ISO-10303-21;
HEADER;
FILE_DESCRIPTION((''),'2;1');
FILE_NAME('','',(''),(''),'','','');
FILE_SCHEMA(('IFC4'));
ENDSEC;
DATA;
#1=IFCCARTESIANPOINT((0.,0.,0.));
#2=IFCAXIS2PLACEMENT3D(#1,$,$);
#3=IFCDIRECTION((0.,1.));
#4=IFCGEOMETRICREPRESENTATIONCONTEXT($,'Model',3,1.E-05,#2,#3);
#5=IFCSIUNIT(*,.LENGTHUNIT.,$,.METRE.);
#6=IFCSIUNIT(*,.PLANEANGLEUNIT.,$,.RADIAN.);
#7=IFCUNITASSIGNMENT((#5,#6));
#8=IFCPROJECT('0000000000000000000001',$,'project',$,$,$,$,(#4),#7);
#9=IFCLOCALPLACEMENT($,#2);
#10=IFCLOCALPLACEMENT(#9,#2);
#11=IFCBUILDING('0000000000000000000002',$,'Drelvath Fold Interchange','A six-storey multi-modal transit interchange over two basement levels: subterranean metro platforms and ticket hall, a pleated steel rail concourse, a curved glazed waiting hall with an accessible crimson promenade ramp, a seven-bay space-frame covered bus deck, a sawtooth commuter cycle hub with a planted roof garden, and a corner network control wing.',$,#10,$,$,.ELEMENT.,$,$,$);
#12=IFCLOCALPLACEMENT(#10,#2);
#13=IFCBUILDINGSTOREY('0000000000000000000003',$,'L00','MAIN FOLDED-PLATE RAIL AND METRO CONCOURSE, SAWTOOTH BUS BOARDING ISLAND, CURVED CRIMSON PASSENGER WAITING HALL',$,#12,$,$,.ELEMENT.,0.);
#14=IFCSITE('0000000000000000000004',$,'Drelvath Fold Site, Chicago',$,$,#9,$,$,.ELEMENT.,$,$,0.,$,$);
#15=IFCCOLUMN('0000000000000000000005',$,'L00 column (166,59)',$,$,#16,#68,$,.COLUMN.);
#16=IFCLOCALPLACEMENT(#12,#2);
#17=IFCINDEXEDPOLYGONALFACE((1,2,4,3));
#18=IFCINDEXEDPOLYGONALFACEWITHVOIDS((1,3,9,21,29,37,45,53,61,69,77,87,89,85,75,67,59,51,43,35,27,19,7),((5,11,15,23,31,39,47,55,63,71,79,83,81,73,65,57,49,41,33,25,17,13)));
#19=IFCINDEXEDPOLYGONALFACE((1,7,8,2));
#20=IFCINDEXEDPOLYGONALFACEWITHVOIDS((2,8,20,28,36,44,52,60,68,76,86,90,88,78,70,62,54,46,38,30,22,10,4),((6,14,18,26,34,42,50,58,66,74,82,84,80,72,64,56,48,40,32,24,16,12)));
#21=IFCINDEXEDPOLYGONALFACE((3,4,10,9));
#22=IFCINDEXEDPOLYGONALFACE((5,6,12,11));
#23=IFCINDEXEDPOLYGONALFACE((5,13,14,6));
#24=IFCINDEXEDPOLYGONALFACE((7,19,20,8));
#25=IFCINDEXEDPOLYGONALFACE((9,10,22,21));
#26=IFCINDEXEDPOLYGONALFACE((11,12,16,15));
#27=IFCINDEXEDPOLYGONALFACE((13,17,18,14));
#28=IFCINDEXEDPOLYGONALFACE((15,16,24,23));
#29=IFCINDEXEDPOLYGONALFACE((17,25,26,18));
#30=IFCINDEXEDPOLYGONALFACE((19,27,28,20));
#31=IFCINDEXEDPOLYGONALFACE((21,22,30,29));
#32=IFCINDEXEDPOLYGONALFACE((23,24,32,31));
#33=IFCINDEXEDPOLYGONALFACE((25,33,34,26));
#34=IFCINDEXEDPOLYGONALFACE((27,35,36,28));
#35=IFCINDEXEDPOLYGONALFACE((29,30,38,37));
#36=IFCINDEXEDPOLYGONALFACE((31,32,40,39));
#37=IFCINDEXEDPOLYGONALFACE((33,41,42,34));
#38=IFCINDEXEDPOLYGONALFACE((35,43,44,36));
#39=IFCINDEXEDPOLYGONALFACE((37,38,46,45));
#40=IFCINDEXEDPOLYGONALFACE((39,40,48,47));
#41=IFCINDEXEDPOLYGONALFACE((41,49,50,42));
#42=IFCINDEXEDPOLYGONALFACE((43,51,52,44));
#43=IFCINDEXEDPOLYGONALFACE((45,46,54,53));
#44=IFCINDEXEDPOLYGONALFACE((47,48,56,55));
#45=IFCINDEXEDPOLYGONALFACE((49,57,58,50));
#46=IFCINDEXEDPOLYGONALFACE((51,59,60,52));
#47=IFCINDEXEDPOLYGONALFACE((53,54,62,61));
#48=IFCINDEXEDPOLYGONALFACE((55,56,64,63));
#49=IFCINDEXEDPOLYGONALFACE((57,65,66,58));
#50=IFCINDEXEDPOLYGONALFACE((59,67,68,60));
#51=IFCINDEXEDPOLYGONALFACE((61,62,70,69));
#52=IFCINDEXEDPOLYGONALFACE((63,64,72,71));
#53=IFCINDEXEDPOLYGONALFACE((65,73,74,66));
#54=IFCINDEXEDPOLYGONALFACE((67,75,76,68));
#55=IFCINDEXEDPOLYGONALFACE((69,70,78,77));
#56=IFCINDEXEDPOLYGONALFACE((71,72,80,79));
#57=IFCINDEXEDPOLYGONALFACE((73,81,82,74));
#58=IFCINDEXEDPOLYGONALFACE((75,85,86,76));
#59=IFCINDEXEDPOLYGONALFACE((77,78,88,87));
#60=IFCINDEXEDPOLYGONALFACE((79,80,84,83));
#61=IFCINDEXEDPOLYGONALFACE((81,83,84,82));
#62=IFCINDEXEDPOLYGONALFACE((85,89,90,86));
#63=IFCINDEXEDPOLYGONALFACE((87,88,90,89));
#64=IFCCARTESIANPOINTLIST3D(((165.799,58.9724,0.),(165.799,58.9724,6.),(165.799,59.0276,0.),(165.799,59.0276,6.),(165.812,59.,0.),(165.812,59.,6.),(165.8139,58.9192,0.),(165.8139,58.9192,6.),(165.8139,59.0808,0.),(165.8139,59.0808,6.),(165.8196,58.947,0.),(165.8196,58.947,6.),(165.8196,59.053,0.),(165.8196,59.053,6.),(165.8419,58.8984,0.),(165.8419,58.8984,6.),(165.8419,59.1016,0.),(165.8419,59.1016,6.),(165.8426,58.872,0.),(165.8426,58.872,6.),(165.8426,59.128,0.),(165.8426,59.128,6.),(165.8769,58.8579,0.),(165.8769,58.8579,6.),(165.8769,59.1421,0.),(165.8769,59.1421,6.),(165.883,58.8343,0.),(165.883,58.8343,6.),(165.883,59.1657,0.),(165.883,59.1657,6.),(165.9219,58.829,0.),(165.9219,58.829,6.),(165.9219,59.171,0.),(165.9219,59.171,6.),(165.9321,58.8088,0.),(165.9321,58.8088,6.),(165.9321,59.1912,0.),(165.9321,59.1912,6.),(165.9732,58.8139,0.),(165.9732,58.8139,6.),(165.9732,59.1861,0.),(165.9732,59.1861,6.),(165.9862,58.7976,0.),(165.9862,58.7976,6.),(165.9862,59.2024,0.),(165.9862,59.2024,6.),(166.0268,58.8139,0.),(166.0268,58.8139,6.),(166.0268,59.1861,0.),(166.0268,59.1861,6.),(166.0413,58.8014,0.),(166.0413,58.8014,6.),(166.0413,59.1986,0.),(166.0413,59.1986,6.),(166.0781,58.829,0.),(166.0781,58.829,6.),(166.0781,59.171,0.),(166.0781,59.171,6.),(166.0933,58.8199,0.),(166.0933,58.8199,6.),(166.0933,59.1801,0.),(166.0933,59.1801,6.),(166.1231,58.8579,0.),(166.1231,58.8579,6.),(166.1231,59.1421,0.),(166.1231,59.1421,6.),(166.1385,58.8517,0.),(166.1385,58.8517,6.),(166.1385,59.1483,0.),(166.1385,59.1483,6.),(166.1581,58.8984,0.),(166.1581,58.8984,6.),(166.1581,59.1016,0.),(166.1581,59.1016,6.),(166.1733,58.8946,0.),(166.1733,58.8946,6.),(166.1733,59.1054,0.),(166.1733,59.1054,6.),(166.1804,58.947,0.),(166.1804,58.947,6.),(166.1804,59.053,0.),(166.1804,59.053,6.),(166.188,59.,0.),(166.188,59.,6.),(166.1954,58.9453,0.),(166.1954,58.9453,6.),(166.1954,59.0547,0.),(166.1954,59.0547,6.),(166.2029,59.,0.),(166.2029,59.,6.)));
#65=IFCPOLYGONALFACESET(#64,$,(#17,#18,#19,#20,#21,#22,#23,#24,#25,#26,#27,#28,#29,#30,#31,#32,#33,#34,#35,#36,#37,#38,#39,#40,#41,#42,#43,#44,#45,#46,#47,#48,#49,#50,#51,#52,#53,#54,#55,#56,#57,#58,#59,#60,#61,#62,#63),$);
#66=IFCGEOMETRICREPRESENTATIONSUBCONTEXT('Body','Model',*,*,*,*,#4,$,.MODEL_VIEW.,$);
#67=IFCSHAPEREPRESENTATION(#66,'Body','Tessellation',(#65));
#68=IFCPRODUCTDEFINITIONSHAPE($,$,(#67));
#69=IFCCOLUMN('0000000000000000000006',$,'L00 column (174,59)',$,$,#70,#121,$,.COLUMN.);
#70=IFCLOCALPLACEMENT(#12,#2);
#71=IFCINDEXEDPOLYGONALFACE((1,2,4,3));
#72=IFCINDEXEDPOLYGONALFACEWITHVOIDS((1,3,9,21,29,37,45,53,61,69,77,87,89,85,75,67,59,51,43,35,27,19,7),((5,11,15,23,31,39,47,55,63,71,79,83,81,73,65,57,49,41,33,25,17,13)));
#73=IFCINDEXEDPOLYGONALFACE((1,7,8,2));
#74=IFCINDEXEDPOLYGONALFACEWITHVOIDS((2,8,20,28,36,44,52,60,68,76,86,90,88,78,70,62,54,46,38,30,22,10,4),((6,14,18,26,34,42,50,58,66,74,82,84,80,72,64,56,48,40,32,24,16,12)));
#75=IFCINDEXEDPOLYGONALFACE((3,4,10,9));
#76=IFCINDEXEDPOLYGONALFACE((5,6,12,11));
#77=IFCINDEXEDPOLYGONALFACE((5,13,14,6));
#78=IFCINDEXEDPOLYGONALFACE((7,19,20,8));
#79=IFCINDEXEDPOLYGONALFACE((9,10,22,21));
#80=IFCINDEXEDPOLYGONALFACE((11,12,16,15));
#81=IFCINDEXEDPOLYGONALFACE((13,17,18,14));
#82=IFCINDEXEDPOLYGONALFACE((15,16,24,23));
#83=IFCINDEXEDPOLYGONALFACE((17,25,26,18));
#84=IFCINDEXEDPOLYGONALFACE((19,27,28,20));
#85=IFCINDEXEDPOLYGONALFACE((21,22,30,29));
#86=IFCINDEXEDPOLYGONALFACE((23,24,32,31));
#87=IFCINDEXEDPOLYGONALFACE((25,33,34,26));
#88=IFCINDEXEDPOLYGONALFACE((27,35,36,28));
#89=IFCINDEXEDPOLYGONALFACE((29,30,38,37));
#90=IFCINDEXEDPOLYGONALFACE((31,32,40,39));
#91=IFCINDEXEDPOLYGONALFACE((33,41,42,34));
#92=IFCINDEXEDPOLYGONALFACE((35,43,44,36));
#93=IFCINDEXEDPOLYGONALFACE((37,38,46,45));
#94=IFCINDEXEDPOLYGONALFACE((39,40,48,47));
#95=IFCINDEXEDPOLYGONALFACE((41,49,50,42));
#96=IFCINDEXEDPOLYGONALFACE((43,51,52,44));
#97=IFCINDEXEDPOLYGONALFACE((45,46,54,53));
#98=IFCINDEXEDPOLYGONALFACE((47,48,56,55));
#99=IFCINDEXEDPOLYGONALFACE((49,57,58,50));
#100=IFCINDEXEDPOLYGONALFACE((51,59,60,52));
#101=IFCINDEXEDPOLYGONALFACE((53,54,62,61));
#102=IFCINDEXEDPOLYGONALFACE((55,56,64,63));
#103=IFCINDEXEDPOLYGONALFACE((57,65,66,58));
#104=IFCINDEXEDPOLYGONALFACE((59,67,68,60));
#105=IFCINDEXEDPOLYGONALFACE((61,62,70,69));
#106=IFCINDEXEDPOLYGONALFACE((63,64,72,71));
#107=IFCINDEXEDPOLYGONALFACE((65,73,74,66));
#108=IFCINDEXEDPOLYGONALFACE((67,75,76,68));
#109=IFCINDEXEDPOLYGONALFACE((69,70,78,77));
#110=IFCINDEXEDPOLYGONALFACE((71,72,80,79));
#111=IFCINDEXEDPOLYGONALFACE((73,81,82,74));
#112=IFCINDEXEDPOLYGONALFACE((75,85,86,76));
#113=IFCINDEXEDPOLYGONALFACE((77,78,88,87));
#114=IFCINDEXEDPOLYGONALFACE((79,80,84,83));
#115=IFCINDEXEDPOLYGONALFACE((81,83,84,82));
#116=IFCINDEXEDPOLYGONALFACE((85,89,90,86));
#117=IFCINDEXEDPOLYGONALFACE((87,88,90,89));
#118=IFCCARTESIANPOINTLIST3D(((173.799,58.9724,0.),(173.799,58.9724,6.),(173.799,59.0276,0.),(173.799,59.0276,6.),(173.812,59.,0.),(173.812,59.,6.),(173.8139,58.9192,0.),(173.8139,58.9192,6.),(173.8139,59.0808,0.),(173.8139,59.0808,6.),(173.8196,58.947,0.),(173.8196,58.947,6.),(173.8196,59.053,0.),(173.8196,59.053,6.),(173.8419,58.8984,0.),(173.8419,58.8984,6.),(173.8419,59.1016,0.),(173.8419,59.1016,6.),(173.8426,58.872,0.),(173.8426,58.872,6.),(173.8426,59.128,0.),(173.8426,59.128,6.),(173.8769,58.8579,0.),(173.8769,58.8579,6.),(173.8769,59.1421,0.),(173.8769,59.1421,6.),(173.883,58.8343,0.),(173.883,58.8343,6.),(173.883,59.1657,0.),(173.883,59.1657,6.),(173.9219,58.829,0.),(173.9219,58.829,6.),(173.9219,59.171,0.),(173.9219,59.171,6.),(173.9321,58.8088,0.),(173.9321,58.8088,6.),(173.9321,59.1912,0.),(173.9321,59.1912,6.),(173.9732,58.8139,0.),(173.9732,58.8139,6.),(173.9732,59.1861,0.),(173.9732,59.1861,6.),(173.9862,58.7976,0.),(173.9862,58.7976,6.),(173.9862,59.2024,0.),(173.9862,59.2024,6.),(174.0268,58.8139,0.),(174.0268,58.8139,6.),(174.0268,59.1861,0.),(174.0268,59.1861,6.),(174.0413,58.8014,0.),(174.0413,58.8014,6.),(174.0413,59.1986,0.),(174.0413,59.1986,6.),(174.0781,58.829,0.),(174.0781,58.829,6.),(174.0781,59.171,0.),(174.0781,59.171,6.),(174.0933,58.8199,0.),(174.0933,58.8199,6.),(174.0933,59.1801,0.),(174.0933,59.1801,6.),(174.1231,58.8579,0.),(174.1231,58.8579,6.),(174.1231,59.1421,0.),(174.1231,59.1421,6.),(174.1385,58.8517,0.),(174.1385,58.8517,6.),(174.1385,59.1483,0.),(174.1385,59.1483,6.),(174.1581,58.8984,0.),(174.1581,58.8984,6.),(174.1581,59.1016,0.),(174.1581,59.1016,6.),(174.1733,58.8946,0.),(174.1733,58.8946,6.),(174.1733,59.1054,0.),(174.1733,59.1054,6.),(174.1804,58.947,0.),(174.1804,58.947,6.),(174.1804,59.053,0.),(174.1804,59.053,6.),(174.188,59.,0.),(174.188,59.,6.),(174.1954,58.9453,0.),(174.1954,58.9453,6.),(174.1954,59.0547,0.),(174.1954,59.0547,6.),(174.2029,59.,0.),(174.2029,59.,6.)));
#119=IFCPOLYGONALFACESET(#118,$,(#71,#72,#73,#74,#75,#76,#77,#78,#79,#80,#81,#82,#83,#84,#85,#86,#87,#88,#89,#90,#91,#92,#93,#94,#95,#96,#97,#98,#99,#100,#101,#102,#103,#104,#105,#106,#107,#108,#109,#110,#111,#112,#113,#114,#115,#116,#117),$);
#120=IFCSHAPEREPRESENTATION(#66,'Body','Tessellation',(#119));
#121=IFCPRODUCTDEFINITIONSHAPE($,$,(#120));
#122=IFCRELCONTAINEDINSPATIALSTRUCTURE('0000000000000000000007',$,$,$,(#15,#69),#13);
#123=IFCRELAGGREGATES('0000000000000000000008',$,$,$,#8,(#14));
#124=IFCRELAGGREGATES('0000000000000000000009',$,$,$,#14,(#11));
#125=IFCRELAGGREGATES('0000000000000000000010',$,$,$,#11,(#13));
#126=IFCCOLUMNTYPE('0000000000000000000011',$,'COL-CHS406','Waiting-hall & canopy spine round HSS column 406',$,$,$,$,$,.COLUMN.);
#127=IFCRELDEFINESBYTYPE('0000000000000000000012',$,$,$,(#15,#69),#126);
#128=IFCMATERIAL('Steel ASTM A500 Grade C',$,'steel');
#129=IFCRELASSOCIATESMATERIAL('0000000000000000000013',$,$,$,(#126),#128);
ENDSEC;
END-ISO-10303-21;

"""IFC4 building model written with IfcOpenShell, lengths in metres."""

from ifc_helpers import new_model, si_unit, direction, frame, origin, origin_2d, place, context, subcontext, project, spatial, hollow_circle, extrude, material, material_profile, profile_set, type_object, element, save


model = new_model("IFC4")

# Units and contexts
model_context = context("Model", 3, precision=1e-05, world=origin(), true_north=direction((0.0, 1.0)))
body_context = subcontext(model_context, "Body", "Model", "MODEL_VIEW")
ifc_project = project(units=[si_unit("LENGTHUNIT", "METRE"), si_unit("PLANEANGLEUNIT", "RADIAN")], contexts=[model_context])

# Site, building, storey
site_placement = place(None, origin())
site = spatial("IfcSite", under=ifc_project, at=site_placement, Name="Drelvath Fold Site, Chicago", CompositionType="ELEMENT", RefElevation=0.0)
building_placement = place(site_placement, origin())
building = spatial("IfcBuilding", under=site, at=building_placement, Name="Drelvath Fold Interchange", Description="A six-storey multi-modal transit interchange over two basement levels: subterranean metro platforms and ticket hall, a pleated steel rail concourse, a curved glazed waiting hall with an accessible crimson promenade ramp, a seven-bay space-frame covered bus deck, a sawtooth commuter cycle hub with a planted roof garden, and a corner network control wing.", CompositionType="ELEMENT")
storey_placement = place(building_placement, origin())
storey = spatial("IfcBuildingStorey", under=building, at=storey_placement, Name="L00", Description="MAIN FOLDED-PLATE RAIL AND METRO CONCOURSE, SAWTOOTH BUS BOARDING ISLAND, CURVED CRIMSON PASSENGER WAITING HALL", CompositionType="ELEMENT", Elevation=0.0)

# Columns
ifc_material_1 = material(Name="Steel ASTM A500 Grade C", Category="steel")
ifc_material_profile_1 = material_profile(ifc_material_1, hollow_circle(Radius=0.2029, WallThickness=0.0149, at=origin_2d()), Name="HSS16.000X0.625")
ifc_profile_set_1 = profile_set([ifc_material_profile_1], Name="Steel ASTM A500 Grade C")
column_type_1 = type_object("IfcColumnType", Name="COL-CHS406", Description="Waiting-hall & canopy spine round HSS column 406", PredefinedType="COLUMN", material=ifc_profile_set_1)
for number, where, z_axis, x_axis, name in (
    (1, (166.0, 59.0, 0.0), (0.0, 0.0, 1.0), (1.0, 0.0, 0.0), "L00 column (166,59)"),
    (2, (174.0, 59.0, 0.0), (0.0, 0.0, 1.0), (1.0, 0.0, 0.0), "L00 column (174,59)"),
):
    element("IfcColumn", number, at=place(storey_placement, frame(where, z_axis=z_axis, x_axis=x_axis)), inside=storey, type_object=column_type_1, Name=name, PredefinedType="COLUMN", context=body_context, shape_type="SweptSolid", body=[
        extrude(hollow_circle(Radius=0.2029, WallThickness=0.0149, at=origin_2d()), origin(), (0.0, 0.0, 1.0), 6.0),
    ])

save(model, "model.ifc")
